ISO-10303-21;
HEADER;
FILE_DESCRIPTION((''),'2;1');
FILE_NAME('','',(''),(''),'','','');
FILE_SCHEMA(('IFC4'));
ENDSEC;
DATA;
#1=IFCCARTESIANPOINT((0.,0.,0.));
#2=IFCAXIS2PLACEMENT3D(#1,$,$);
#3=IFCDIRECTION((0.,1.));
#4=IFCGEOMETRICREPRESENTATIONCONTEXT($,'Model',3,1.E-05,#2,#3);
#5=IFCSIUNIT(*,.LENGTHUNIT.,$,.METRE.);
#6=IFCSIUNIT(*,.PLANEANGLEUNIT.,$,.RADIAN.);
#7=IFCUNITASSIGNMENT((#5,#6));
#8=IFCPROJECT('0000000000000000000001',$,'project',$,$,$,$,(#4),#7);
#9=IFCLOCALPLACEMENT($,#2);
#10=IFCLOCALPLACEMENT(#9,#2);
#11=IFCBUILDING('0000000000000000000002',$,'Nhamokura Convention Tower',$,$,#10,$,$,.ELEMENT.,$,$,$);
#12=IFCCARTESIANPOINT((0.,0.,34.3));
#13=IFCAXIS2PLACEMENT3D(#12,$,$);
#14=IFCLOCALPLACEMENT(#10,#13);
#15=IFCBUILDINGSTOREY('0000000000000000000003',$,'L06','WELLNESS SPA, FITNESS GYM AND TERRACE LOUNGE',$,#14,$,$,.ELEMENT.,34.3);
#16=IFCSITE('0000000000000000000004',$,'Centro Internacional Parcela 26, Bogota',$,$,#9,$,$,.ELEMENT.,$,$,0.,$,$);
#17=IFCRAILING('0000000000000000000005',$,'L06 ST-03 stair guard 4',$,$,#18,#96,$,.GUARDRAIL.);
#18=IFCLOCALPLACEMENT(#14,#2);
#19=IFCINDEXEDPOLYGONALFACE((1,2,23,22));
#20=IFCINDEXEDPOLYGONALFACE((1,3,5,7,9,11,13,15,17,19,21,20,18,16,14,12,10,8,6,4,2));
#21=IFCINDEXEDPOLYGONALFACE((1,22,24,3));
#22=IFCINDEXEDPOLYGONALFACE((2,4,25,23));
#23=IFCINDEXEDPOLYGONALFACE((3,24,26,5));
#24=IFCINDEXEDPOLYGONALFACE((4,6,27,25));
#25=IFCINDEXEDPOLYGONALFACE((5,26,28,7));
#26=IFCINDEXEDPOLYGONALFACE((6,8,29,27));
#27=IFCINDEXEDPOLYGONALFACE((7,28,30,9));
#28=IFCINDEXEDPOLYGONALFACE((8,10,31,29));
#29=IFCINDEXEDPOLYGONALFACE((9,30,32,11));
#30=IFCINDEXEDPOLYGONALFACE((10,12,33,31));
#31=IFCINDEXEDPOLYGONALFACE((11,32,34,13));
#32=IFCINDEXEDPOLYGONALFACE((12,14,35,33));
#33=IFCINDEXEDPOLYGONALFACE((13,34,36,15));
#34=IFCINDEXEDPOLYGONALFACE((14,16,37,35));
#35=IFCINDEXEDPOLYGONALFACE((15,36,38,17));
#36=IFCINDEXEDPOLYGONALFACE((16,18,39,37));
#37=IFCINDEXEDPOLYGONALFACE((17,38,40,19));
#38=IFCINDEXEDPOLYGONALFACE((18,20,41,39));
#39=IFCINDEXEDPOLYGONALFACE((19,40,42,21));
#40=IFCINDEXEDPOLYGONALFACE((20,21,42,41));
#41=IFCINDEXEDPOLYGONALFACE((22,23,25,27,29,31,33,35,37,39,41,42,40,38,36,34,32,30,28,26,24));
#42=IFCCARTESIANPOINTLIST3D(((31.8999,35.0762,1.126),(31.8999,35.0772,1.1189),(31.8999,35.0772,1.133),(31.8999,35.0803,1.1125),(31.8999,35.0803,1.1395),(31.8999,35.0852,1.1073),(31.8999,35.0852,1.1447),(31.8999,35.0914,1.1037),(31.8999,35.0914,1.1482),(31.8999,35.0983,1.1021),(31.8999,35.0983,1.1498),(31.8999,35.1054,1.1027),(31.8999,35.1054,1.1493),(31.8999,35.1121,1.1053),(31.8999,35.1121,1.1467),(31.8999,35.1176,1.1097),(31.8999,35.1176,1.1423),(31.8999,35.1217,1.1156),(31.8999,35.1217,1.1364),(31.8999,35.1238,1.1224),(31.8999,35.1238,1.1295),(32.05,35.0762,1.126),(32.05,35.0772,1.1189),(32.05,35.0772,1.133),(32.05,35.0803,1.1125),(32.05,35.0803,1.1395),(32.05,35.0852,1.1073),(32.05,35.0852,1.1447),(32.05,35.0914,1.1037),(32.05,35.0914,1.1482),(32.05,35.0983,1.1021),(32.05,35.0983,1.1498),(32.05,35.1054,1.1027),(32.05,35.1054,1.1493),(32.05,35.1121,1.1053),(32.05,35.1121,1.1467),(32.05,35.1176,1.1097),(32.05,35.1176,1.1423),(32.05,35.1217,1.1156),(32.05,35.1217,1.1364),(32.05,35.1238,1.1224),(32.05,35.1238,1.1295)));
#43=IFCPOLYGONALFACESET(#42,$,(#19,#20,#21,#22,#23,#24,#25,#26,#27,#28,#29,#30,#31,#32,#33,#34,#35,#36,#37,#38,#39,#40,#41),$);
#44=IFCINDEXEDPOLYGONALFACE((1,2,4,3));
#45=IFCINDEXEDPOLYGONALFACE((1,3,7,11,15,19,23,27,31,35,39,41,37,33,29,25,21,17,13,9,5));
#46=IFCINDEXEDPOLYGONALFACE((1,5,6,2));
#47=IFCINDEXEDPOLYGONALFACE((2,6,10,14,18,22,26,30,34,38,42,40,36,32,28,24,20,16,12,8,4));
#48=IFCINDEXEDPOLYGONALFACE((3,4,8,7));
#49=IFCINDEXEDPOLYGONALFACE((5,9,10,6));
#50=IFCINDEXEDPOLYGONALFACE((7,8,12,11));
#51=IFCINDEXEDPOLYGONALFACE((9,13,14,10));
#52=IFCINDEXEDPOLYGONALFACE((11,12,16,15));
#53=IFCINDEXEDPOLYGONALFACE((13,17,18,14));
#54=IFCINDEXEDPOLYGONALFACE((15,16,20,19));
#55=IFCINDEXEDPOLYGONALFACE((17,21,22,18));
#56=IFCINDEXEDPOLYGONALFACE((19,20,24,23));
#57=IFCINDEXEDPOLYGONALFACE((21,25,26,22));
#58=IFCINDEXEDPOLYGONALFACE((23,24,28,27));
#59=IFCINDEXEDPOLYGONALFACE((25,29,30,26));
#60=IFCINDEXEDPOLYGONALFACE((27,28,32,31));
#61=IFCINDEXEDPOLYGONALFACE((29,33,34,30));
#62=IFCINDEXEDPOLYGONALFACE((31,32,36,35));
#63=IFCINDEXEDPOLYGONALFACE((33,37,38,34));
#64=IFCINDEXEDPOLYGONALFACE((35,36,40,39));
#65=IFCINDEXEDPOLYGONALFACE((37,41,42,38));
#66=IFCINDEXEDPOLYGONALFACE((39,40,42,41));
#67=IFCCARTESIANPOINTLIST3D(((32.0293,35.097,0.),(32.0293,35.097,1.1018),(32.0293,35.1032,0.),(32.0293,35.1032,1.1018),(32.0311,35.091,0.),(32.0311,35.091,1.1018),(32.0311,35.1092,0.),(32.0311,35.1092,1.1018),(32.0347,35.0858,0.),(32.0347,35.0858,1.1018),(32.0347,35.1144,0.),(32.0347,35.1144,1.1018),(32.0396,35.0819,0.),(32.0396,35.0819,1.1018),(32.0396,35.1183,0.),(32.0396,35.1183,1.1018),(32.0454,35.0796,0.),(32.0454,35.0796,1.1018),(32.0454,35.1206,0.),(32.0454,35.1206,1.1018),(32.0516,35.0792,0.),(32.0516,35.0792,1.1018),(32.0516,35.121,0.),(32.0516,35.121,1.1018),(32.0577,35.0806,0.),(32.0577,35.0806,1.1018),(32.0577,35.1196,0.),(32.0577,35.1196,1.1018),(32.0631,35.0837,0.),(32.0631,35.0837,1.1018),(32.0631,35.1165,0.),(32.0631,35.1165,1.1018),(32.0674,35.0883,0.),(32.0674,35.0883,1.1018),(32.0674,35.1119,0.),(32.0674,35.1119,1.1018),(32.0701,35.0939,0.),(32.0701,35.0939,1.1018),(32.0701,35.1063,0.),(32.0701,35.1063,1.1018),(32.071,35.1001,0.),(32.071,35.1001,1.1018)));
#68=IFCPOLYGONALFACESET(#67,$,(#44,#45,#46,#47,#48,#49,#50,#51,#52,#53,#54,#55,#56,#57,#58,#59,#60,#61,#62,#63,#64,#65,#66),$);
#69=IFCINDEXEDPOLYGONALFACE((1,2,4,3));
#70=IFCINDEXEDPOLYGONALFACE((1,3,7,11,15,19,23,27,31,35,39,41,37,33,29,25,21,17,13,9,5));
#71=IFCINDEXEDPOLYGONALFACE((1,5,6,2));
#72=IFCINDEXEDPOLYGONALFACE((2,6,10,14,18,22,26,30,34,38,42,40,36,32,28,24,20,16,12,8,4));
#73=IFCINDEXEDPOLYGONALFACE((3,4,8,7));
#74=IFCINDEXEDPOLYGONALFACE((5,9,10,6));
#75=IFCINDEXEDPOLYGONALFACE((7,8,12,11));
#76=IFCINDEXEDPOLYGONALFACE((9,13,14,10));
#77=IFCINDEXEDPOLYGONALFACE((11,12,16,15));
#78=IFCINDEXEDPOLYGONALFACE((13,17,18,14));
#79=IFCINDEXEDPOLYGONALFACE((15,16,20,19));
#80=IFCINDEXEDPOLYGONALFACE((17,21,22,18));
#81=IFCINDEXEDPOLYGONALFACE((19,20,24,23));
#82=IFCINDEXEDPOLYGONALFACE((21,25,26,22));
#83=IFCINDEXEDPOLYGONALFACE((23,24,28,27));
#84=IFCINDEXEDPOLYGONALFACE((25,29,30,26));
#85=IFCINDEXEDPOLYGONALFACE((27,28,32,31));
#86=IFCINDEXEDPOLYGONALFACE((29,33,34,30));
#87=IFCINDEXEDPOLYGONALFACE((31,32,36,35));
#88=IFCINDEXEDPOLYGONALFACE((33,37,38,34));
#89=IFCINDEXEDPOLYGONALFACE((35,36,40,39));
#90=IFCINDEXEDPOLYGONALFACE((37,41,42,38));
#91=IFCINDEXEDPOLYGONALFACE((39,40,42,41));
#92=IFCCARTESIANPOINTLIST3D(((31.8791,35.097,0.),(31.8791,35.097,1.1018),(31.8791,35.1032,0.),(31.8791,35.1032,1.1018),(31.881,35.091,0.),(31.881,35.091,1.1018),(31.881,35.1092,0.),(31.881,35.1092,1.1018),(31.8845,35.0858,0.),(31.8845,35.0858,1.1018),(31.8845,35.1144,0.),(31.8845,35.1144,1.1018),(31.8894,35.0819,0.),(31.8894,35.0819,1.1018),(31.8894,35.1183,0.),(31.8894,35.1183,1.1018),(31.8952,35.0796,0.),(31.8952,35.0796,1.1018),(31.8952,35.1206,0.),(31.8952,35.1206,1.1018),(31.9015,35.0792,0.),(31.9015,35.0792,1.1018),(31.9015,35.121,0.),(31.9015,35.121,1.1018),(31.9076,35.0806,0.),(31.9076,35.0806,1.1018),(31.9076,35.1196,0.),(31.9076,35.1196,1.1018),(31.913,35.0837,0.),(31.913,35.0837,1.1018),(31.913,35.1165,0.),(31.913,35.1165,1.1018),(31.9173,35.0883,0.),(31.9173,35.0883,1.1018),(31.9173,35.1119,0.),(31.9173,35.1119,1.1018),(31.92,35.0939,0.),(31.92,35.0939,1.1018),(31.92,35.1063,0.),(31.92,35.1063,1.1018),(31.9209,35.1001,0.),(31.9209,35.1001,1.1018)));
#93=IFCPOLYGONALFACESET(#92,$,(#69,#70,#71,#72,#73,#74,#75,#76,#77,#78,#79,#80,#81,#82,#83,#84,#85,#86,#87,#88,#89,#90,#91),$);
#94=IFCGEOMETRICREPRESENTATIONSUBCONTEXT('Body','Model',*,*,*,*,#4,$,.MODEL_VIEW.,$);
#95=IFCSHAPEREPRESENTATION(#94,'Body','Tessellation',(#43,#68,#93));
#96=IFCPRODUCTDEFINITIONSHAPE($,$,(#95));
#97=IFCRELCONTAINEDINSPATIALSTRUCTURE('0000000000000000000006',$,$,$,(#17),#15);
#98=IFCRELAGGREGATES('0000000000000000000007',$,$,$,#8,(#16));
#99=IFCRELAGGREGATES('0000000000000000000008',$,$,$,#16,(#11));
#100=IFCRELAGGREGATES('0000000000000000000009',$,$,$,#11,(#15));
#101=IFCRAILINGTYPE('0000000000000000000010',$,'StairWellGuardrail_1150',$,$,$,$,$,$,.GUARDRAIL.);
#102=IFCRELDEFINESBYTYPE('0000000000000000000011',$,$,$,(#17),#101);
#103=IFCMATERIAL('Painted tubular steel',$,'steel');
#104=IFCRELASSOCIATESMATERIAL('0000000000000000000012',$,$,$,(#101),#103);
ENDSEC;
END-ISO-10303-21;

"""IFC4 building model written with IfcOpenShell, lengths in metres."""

from ifc_helpers import new_model, si_unit, direction, frame, origin, origin_2d, place, context, subcontext, project, spatial, circle, extrude, material, type_object, element, save


model = new_model("IFC4")

# Units and contexts
model_context = context("Model", 3, precision=1e-05, world=origin(), true_north=direction((0.0, 1.0)))
body_context = subcontext(model_context, "Body", "Model", "MODEL_VIEW")
ifc_project = project(units=[si_unit("LENGTHUNIT", "METRE"), si_unit("PLANEANGLEUNIT", "RADIAN")], contexts=[model_context])

# Site, building, storey
site_placement = place(None, origin())
site = spatial("IfcSite", under=ifc_project, at=site_placement, Name="Centro Internacional Parcela 26, Bogota", CompositionType="ELEMENT", RefElevation=0.0)
building_placement = place(site_placement, origin())
building = spatial("IfcBuilding", under=site, at=building_placement, Name="Nhamokura Convention Tower", CompositionType="ELEMENT")
storey_placement = place(building_placement, frame((0.0, 0.0, 34.3)))
storey = spatial("IfcBuildingStorey", under=building, at=storey_placement, Name="L06", Description="WELLNESS SPA, FITNESS GYM AND TERRACE LOUNGE", CompositionType="ELEMENT", Elevation=34.3)

# Railing
ifc_material_1 = material(Name="Painted tubular steel", Category="steel")
railing_type_1 = type_object("IfcRailingType", Name="StairWellGuardrail_1150", PredefinedType="GUARDRAIL", material=ifc_material_1)
railing_1_placement = place(storey_placement, frame((32.05, 35.1001, 0.0)))
element("IfcRailing", 1, at=railing_1_placement, inside=storey, type_object=railing_type_1, Name="L06 ST-03 stair guard 4", PredefinedType="GUARDRAIL", context=body_context, shape_type="SweptSolid", body=[
    extrude(circle(Radius=0.0239, at=origin_2d()), frame((0.0, 0.0, 1.126), z_axis=(-1.0, 0.0, 0.0), x_axis=(0.0, -1.0, 0.0)), (0.0, 0.0, 1.0), 0.1501),
    extrude(circle(Radius=0.021, at=origin_2d()), origin(), (0.0, 0.0, 1.0), 1.1018),
    extrude(circle(Radius=0.021, at=origin_2d()), frame((-0.1501, 0.0, 0.0)), (0.0, 0.0, 1.0), 1.1018),
])

save(model, "model.ifc")
